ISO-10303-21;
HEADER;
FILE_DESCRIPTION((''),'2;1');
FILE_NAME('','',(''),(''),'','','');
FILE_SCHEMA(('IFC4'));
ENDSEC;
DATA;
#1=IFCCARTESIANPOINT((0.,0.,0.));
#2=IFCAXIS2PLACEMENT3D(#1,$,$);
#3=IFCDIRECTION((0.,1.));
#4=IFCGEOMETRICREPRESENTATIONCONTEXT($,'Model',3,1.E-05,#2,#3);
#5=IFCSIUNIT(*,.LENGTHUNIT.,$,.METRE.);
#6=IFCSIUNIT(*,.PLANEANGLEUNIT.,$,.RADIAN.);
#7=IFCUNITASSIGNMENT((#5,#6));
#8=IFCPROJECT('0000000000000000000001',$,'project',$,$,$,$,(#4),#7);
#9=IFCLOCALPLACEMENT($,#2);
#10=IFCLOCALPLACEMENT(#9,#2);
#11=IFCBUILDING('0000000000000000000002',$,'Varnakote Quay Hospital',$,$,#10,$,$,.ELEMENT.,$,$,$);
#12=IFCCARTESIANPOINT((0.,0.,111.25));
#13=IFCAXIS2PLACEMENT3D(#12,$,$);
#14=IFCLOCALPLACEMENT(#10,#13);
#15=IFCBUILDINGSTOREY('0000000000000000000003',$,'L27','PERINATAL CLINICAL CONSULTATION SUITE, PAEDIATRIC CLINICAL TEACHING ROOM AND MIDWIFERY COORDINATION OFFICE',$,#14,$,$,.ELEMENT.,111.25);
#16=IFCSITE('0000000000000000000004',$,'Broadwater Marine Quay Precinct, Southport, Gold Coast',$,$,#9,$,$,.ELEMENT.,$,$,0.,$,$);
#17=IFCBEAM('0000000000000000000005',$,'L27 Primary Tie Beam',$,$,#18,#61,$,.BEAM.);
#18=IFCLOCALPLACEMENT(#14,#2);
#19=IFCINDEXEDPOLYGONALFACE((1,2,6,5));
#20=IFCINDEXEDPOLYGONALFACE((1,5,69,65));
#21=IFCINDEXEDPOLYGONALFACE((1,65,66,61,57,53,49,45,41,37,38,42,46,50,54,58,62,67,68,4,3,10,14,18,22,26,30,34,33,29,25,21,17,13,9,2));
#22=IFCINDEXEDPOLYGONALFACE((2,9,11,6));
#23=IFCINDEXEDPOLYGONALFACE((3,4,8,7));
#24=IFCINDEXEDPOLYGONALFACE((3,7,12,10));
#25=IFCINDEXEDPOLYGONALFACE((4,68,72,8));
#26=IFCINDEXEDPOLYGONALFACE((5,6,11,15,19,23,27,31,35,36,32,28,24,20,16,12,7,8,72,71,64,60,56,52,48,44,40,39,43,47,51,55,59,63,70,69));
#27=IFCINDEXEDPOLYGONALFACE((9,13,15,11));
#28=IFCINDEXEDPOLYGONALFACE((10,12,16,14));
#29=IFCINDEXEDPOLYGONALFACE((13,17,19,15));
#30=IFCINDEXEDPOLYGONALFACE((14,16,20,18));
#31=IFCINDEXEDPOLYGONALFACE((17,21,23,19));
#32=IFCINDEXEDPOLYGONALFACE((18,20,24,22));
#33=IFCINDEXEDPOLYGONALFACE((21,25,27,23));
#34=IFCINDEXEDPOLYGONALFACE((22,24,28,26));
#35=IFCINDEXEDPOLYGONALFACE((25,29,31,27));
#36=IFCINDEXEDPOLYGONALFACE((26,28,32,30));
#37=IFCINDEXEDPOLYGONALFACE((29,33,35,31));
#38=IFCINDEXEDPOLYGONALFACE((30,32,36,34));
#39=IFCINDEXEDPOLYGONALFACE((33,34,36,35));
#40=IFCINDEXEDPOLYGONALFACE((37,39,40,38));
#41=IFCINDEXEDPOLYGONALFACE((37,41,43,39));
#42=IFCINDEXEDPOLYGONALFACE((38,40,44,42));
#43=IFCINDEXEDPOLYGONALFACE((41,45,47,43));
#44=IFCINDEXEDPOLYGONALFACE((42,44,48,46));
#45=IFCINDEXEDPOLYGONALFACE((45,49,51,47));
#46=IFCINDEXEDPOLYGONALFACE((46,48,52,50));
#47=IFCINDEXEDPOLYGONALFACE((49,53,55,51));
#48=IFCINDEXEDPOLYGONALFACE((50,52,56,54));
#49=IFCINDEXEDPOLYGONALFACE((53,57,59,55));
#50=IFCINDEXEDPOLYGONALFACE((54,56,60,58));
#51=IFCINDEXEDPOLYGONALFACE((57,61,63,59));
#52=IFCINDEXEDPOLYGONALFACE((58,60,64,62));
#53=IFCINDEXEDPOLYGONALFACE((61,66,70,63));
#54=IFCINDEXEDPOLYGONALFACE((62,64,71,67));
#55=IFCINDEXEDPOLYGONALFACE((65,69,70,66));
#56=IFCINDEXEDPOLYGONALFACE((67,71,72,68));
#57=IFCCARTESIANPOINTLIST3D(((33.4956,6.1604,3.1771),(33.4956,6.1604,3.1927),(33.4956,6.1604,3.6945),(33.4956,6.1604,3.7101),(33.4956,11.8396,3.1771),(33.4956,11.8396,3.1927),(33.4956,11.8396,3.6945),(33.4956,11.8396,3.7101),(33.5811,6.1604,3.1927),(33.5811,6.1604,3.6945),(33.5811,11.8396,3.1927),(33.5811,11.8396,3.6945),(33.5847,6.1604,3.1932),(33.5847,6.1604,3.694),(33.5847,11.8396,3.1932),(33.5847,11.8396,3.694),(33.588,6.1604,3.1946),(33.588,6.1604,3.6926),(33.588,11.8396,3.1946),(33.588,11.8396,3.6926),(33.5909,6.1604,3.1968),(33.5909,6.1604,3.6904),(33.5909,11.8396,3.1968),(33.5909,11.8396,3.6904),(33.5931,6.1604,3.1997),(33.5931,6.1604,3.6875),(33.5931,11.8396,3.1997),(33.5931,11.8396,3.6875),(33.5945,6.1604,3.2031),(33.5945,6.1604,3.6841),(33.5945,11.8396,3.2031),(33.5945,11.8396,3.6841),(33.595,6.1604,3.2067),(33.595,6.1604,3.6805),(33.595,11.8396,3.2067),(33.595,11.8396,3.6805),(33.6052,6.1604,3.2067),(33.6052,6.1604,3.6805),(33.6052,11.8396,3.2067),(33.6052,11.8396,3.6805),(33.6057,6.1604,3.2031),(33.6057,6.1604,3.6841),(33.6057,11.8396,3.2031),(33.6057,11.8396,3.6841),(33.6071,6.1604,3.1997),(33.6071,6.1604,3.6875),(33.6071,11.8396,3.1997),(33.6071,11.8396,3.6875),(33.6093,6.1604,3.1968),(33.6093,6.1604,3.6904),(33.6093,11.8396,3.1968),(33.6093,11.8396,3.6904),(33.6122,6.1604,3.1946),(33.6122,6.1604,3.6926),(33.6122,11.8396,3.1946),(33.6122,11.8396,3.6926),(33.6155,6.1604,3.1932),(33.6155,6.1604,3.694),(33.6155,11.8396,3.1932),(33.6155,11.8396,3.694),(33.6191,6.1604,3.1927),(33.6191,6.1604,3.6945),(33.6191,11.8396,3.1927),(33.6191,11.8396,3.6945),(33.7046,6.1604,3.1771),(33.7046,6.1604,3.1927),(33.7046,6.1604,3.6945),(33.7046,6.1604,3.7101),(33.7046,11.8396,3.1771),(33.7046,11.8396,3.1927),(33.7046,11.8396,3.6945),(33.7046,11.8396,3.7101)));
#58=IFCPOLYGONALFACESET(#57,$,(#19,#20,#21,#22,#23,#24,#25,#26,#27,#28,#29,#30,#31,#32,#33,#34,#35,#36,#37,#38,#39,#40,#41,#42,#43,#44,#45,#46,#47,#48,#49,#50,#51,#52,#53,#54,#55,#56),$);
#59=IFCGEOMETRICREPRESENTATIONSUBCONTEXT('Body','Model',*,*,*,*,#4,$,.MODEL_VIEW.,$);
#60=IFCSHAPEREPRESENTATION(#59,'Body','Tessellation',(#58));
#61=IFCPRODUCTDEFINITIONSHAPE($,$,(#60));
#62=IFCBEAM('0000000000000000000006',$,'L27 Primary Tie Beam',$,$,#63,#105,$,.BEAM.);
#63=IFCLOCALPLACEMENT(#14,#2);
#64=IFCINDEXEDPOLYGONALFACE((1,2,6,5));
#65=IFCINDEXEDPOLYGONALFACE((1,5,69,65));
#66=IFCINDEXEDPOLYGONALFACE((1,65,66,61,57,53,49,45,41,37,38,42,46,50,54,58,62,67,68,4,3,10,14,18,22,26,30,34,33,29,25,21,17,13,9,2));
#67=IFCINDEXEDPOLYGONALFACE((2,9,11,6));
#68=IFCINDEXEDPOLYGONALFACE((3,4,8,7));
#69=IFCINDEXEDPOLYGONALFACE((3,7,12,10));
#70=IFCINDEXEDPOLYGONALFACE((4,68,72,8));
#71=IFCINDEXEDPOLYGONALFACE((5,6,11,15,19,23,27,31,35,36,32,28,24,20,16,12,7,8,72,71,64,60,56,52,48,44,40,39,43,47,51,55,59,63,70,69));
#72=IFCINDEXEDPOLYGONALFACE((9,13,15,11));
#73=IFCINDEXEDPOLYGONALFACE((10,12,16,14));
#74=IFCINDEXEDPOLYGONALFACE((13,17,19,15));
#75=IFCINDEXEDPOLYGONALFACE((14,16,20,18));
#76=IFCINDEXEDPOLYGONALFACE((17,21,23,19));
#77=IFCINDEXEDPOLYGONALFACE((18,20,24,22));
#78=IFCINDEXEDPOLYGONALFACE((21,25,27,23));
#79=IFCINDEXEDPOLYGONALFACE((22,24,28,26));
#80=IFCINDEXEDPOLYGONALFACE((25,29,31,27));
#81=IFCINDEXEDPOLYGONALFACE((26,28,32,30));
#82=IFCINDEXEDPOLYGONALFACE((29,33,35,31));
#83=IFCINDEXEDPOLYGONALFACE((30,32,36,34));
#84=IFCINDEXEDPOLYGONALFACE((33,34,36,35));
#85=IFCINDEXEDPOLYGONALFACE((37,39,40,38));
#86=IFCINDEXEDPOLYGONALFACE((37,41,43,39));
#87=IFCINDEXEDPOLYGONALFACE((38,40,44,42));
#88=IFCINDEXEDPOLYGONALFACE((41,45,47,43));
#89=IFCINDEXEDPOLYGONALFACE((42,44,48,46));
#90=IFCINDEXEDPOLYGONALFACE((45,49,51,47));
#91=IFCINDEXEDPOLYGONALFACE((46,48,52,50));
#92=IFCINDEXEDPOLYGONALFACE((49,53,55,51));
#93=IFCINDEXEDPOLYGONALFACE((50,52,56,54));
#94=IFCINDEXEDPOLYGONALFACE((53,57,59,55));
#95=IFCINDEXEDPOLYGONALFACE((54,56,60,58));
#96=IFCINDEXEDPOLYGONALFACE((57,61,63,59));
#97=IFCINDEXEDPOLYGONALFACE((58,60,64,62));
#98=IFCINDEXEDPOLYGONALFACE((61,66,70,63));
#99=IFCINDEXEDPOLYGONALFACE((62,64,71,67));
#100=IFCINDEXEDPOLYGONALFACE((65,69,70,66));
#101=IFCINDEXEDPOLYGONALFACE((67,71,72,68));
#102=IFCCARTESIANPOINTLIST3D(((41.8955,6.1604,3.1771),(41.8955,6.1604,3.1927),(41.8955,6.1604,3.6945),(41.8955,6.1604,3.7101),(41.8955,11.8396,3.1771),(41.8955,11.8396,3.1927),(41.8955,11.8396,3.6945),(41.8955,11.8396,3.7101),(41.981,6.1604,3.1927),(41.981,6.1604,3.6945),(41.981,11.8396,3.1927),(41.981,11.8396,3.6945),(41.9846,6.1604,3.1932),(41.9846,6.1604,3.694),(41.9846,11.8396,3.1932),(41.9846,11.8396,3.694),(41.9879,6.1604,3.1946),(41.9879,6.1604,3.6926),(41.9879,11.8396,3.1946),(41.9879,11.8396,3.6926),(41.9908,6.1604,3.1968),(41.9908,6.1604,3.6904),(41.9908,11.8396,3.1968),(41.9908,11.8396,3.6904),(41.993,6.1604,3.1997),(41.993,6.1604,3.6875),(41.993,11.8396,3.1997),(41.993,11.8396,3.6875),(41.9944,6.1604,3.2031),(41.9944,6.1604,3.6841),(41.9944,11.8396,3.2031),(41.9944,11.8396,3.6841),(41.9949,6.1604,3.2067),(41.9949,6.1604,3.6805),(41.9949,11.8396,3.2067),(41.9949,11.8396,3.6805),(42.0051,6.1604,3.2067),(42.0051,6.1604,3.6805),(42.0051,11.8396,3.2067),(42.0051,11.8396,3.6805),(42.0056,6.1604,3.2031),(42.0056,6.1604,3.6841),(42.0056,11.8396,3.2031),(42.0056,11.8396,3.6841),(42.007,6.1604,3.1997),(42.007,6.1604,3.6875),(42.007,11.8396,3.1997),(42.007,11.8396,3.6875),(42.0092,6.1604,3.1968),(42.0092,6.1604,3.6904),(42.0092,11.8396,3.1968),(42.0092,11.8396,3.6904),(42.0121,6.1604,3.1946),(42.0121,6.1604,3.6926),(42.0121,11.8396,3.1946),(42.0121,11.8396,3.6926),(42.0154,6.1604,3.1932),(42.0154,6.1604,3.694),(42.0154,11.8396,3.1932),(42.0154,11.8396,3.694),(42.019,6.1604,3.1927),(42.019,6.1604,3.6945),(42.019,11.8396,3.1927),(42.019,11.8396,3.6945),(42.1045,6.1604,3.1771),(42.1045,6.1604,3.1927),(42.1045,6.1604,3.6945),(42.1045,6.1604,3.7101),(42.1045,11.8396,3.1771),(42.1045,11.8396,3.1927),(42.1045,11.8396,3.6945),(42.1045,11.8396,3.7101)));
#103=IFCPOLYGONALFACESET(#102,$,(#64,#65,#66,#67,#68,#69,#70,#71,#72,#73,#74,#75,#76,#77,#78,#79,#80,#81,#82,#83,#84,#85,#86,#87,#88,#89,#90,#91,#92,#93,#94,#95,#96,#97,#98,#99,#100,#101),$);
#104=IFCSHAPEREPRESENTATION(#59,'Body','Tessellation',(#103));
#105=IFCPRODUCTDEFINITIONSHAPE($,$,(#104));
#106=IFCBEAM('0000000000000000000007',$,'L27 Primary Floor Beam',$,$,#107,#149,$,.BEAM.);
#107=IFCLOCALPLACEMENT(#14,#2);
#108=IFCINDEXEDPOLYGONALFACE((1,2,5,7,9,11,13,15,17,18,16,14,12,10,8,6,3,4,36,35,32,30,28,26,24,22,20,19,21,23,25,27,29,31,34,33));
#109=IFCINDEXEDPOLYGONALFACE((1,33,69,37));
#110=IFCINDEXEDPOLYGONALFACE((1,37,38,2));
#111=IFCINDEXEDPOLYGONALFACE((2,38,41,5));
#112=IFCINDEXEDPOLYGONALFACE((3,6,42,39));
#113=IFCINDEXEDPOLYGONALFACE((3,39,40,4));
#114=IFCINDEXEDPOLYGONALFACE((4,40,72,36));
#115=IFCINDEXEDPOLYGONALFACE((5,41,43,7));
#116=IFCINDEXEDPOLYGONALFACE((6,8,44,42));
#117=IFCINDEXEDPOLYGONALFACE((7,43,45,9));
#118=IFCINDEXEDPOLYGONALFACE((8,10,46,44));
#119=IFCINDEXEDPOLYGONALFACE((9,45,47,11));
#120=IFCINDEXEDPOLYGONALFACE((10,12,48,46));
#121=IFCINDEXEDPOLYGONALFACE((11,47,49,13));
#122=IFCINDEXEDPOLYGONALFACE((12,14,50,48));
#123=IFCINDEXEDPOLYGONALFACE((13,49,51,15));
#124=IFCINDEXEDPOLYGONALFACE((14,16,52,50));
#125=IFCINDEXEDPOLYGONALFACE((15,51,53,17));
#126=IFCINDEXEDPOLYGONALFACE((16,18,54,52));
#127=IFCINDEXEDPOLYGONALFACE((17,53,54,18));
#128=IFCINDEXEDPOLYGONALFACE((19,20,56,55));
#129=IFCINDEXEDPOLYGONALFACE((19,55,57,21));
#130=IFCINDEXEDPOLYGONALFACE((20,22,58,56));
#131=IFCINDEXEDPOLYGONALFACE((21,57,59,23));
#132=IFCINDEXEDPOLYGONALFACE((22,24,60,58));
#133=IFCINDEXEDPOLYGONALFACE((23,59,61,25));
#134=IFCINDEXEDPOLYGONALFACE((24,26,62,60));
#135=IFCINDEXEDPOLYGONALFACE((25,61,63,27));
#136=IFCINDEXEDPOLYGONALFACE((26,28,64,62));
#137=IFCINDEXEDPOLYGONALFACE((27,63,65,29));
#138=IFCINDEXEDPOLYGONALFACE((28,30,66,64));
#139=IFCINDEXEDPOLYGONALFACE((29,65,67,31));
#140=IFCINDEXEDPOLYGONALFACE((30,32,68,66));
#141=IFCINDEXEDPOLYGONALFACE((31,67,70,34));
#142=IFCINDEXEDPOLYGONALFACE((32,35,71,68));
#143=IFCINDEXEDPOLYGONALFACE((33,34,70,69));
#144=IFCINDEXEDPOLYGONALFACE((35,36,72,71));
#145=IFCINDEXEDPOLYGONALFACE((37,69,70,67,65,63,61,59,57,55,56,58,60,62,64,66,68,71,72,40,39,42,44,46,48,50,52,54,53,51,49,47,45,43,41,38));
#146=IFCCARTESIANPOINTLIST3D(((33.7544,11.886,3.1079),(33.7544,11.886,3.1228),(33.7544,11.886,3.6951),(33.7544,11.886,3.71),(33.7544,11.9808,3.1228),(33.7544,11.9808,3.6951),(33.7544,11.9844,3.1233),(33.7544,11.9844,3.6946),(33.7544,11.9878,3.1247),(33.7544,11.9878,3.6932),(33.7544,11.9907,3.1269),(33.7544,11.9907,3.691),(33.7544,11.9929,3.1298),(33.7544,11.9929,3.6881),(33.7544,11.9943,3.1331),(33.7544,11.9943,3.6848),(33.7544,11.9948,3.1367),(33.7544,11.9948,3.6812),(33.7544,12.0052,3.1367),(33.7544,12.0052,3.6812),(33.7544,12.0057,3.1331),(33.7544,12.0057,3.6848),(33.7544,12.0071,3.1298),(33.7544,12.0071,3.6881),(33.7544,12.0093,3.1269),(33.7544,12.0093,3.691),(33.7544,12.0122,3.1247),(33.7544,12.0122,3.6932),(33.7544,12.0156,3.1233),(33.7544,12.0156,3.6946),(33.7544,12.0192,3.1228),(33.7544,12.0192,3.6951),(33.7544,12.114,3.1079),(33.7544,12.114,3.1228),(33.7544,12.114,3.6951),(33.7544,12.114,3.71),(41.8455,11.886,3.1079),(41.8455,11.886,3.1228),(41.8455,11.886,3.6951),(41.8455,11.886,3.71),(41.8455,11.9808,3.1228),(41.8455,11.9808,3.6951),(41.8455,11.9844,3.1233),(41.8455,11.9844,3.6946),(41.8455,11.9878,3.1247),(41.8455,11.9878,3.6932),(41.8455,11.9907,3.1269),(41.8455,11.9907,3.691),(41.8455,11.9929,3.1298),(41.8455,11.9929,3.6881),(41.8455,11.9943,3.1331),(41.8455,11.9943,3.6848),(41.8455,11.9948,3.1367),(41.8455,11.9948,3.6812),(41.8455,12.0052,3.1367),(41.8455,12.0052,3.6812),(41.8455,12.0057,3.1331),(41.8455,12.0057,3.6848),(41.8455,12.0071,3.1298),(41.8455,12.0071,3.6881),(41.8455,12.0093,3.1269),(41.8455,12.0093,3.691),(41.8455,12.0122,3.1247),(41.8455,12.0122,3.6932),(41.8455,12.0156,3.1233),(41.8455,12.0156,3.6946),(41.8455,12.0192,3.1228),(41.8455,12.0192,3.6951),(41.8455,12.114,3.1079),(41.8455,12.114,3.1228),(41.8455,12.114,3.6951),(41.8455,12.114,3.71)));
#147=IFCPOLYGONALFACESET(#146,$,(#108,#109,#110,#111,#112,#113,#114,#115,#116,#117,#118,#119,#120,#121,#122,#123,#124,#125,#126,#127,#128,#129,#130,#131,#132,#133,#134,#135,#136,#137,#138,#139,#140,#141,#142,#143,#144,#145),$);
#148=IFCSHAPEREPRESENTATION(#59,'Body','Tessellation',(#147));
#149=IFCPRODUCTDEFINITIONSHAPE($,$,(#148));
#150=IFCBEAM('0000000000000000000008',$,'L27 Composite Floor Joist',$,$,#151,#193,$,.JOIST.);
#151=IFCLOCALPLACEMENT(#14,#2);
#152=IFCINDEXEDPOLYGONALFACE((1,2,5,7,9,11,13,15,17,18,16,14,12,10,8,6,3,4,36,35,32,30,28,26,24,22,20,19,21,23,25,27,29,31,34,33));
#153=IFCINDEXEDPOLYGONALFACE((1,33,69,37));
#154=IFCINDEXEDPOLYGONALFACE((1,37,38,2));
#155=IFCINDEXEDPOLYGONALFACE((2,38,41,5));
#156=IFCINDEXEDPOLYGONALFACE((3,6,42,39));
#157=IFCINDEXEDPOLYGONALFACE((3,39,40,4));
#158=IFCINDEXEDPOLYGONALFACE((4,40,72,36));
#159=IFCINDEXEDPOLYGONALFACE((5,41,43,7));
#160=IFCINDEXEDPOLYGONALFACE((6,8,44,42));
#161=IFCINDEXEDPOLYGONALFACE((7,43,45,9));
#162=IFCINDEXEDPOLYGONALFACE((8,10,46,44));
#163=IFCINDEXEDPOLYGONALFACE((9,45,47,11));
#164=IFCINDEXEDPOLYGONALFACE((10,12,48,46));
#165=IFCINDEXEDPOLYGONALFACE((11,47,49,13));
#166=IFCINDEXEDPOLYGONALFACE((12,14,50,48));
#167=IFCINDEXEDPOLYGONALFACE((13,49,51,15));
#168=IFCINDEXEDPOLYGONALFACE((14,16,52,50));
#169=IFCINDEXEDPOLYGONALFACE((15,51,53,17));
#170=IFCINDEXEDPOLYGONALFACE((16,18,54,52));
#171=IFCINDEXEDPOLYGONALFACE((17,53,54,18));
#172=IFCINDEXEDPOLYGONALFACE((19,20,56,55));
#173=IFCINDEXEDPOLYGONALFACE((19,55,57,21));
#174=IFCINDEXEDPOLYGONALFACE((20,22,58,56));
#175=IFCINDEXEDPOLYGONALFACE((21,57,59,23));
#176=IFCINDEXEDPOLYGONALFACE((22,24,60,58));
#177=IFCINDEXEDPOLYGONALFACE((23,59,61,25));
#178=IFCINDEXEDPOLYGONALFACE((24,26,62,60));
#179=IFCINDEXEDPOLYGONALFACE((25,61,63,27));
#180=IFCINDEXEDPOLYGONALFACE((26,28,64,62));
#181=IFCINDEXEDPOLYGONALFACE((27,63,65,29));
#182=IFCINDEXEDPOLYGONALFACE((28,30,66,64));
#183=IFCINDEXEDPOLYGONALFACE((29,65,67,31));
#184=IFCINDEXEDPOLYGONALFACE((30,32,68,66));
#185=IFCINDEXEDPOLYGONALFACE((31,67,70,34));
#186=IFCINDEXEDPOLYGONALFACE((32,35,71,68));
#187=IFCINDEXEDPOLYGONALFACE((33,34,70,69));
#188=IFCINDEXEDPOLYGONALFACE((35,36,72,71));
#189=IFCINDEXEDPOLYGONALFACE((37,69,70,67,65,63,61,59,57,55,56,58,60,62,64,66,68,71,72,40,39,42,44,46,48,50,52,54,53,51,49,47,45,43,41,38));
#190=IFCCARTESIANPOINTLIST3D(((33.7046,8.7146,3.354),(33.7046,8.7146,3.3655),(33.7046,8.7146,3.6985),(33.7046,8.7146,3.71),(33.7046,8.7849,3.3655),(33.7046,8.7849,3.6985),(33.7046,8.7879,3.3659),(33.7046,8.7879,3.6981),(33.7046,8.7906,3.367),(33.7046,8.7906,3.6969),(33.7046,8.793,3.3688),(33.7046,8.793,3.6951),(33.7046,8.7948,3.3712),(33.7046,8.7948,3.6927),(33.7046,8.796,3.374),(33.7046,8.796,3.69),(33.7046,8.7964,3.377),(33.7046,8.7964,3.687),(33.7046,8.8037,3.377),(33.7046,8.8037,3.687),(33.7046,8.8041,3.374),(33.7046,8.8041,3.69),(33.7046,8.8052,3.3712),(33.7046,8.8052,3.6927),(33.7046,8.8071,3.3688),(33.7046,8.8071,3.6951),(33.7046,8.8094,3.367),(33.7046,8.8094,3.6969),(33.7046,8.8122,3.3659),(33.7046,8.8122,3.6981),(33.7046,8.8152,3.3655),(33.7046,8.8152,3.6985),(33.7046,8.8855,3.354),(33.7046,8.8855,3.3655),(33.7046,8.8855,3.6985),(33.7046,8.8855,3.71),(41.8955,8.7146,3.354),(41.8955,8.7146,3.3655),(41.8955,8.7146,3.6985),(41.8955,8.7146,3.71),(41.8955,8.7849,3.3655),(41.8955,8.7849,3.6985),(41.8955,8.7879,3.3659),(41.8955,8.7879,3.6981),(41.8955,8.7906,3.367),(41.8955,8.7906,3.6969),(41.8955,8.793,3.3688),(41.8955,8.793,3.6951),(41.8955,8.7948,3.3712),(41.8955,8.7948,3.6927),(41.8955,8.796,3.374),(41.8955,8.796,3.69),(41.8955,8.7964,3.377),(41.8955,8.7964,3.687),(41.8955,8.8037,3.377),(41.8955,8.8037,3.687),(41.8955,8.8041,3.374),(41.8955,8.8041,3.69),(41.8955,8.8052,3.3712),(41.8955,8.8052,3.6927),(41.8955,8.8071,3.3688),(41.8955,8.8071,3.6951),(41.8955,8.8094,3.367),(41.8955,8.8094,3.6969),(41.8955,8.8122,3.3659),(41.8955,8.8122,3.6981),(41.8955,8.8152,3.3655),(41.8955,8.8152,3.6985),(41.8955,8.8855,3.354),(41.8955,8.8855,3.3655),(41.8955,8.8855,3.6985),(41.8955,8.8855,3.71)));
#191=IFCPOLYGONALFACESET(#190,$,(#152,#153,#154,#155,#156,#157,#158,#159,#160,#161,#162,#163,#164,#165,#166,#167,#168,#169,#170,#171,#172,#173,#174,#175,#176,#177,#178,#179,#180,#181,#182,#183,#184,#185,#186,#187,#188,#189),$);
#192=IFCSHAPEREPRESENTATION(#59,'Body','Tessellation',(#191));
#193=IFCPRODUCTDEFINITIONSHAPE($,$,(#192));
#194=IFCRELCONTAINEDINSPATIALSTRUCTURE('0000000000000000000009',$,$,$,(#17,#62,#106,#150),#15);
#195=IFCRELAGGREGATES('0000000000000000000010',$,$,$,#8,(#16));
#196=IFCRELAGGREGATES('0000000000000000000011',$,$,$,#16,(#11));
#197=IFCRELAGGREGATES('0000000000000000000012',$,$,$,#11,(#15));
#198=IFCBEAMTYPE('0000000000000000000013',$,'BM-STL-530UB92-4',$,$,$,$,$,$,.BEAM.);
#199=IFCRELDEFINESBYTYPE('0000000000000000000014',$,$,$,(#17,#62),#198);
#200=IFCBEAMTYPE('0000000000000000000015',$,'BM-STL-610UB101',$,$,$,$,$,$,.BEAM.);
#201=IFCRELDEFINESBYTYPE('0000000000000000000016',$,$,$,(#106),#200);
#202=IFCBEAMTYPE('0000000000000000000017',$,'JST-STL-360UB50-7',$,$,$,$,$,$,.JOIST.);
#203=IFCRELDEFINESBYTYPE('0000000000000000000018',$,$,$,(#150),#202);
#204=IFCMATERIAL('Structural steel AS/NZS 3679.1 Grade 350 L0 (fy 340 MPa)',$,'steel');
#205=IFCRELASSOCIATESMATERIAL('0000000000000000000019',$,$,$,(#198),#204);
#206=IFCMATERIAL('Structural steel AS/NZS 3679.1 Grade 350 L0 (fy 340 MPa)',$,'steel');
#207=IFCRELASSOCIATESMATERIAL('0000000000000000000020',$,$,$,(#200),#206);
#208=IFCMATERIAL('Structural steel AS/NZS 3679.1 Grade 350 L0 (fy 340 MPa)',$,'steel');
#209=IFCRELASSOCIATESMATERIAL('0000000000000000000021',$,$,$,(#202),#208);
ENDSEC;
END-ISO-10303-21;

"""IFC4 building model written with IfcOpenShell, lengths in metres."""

from ifc_helpers import new_model, si_unit, direction, frame, origin, origin_2d, place, context, subcontext, project, spatial, i_section, extrude, material, material_profile, profile_set, type_object, element, save


model = new_model("IFC4")

# Units and contexts
model_context = context("Model", 3, precision=1e-05, world=origin(), true_north=direction((0.0, 1.0)))
body_context = subcontext(model_context, "Body", "Model", "MODEL_VIEW")
ifc_project = project(units=[si_unit("LENGTHUNIT", "METRE"), si_unit("PLANEANGLEUNIT", "RADIAN")], contexts=[model_context])

# Site, building, storey
site_placement = place(None, origin())
site = spatial("IfcSite", under=ifc_project, at=site_placement, Name="Broadwater Marine Quay Precinct, Southport, Gold Coast", CompositionType="ELEMENT", RefElevation=0.0)
building_placement = place(site_placement, origin())
building = spatial("IfcBuilding", under=site, at=building_placement, Name="Varnakote Quay Hospital", CompositionType="ELEMENT")
storey_placement = place(building_placement, frame((0.0, 0.0, 111.25)))
storey = spatial("IfcBuildingStorey", under=building, at=storey_placement, Name="L27", Description="PERINATAL CLINICAL CONSULTATION SUITE, PAEDIATRIC CLINICAL TEACHING ROOM AND MIDWIFERY COORDINATION OFFICE", CompositionType="ELEMENT", Elevation=111.25)

# Beams
ifc_material_1 = material(Name="Structural steel AS/NZS 3679.1 Grade 350 L0 (fy 340 MPa)", Category="steel")
ifc_material_profile_1 = material_profile(ifc_material_1, i_section(OverallWidth=0.209, OverallDepth=0.533, WebThickness=0.0103, FlangeThickness=0.0156, FilletRadius=0.0139, at=origin_2d()), Name="530UB92.4")
ifc_profile_set_1 = profile_set([ifc_material_profile_1], Name="Structural steel AS/NZS 3679.1 Grade 350 L0 (fy 340 MPa)")
beam_type_1 = type_object("IfcBeamType", Name="BM-STL-530UB92-4", PredefinedType="BEAM", material=ifc_profile_set_1)
for number, where, z_axis, x_axis, name in (
    (1, (33.6001, 6.1604, 3.4436), (0.0, 1.0, 0.0), (-1.0, 0.0, 0.0), "L27 Primary Tie Beam"),
    (2, (42.0, 6.1604, 3.4436), (0.0, 1.0, 0.0), (-1.0, 0.0, 0.0), "L27 Primary Tie Beam"),
):
    element("IfcBeam", number, at=place(storey_placement, frame(where, z_axis=z_axis, x_axis=x_axis)), inside=storey, type_object=beam_type_1, Name=name, PredefinedType="BEAM", context=body_context, shape_type="SweptSolid", body=[
        extrude(i_section(OverallWidth=0.209, OverallDepth=0.533, WebThickness=0.0103, FlangeThickness=0.0156, FilletRadius=0.0139, at=origin_2d()), origin(), (0.0, 0.0, 1.0), 5.6792),
    ])
ifc_material_2 = material(Name="Structural steel AS/NZS 3679.1 Grade 350 L0 (fy 340 MPa)", Category="steel")
ifc_material_profile_2 = material_profile(ifc_material_2, i_section(OverallWidth=0.228, OverallDepth=0.6021, WebThickness=0.0105, FlangeThickness=0.0149, FilletRadius=0.0139, at=origin_2d()), Name="610UB101")
ifc_profile_set_2 = profile_set([ifc_material_profile_2], Name="Structural steel AS/NZS 3679.1 Grade 350 L0 (fy 340 MPa)")
beam_type_2 = type_object("IfcBeamType", Name="BM-STL-610UB101", PredefinedType="BEAM", material=ifc_profile_set_2)
beam_1_placement = place(storey_placement, frame((33.7544, 12.0, 3.4089), z_axis=(1.0, 0.0, 0.0), x_axis=(0.0, 1.0, 0.0)))
element("IfcBeam", 3, at=beam_1_placement, inside=storey, type_object=beam_type_2, Name="L27 Primary Floor Beam", PredefinedType="BEAM", context=body_context, shape_type="SweptSolid", body=[
    extrude(i_section(OverallWidth=0.228, OverallDepth=0.6021, WebThickness=0.0105, FlangeThickness=0.0149, FilletRadius=0.0139, at=origin_2d()), origin(), (0.0, 0.0, 1.0), 8.0911),
])
ifc_material_3 = material(Name="Structural steel AS/NZS 3679.1 Grade 350 L0 (fy 340 MPa)", Category="steel")
ifc_material_profile_3 = material_profile(ifc_material_3, i_section(OverallWidth=0.1709, OverallDepth=0.356, WebThickness=0.0073, FlangeThickness=0.0115, FilletRadius=0.0115, at=origin_2d()), Name="360UB50.7")
ifc_profile_set_3 = profile_set([ifc_material_profile_3], Name="Structural steel AS/NZS 3679.1 Grade 350 L0 (fy 340 MPa)")
beam_type_3 = type_object("IfcBeamType", Name="JST-STL-360UB50-7", PredefinedType="JOIST", material=ifc_profile_set_3)
beam_2_placement = place(storey_placement, frame((33.7046, 8.8, 3.532), z_axis=(1.0, 0.0, 0.0), x_axis=(0.0, 1.0, 0.0)))
element("IfcBeam", 4, at=beam_2_placement, inside=storey, type_object=beam_type_3, Name="L27 Composite Floor Joist", PredefinedType="JOIST", context=body_context, shape_type="SweptSolid", body=[
    extrude(i_section(OverallWidth=0.1709, OverallDepth=0.356, WebThickness=0.0073, FlangeThickness=0.0115, FilletRadius=0.0115, at=origin_2d()), origin(), (0.0, 0.0, 1.0), 8.1909),
])

save(model, "model.ifc")
